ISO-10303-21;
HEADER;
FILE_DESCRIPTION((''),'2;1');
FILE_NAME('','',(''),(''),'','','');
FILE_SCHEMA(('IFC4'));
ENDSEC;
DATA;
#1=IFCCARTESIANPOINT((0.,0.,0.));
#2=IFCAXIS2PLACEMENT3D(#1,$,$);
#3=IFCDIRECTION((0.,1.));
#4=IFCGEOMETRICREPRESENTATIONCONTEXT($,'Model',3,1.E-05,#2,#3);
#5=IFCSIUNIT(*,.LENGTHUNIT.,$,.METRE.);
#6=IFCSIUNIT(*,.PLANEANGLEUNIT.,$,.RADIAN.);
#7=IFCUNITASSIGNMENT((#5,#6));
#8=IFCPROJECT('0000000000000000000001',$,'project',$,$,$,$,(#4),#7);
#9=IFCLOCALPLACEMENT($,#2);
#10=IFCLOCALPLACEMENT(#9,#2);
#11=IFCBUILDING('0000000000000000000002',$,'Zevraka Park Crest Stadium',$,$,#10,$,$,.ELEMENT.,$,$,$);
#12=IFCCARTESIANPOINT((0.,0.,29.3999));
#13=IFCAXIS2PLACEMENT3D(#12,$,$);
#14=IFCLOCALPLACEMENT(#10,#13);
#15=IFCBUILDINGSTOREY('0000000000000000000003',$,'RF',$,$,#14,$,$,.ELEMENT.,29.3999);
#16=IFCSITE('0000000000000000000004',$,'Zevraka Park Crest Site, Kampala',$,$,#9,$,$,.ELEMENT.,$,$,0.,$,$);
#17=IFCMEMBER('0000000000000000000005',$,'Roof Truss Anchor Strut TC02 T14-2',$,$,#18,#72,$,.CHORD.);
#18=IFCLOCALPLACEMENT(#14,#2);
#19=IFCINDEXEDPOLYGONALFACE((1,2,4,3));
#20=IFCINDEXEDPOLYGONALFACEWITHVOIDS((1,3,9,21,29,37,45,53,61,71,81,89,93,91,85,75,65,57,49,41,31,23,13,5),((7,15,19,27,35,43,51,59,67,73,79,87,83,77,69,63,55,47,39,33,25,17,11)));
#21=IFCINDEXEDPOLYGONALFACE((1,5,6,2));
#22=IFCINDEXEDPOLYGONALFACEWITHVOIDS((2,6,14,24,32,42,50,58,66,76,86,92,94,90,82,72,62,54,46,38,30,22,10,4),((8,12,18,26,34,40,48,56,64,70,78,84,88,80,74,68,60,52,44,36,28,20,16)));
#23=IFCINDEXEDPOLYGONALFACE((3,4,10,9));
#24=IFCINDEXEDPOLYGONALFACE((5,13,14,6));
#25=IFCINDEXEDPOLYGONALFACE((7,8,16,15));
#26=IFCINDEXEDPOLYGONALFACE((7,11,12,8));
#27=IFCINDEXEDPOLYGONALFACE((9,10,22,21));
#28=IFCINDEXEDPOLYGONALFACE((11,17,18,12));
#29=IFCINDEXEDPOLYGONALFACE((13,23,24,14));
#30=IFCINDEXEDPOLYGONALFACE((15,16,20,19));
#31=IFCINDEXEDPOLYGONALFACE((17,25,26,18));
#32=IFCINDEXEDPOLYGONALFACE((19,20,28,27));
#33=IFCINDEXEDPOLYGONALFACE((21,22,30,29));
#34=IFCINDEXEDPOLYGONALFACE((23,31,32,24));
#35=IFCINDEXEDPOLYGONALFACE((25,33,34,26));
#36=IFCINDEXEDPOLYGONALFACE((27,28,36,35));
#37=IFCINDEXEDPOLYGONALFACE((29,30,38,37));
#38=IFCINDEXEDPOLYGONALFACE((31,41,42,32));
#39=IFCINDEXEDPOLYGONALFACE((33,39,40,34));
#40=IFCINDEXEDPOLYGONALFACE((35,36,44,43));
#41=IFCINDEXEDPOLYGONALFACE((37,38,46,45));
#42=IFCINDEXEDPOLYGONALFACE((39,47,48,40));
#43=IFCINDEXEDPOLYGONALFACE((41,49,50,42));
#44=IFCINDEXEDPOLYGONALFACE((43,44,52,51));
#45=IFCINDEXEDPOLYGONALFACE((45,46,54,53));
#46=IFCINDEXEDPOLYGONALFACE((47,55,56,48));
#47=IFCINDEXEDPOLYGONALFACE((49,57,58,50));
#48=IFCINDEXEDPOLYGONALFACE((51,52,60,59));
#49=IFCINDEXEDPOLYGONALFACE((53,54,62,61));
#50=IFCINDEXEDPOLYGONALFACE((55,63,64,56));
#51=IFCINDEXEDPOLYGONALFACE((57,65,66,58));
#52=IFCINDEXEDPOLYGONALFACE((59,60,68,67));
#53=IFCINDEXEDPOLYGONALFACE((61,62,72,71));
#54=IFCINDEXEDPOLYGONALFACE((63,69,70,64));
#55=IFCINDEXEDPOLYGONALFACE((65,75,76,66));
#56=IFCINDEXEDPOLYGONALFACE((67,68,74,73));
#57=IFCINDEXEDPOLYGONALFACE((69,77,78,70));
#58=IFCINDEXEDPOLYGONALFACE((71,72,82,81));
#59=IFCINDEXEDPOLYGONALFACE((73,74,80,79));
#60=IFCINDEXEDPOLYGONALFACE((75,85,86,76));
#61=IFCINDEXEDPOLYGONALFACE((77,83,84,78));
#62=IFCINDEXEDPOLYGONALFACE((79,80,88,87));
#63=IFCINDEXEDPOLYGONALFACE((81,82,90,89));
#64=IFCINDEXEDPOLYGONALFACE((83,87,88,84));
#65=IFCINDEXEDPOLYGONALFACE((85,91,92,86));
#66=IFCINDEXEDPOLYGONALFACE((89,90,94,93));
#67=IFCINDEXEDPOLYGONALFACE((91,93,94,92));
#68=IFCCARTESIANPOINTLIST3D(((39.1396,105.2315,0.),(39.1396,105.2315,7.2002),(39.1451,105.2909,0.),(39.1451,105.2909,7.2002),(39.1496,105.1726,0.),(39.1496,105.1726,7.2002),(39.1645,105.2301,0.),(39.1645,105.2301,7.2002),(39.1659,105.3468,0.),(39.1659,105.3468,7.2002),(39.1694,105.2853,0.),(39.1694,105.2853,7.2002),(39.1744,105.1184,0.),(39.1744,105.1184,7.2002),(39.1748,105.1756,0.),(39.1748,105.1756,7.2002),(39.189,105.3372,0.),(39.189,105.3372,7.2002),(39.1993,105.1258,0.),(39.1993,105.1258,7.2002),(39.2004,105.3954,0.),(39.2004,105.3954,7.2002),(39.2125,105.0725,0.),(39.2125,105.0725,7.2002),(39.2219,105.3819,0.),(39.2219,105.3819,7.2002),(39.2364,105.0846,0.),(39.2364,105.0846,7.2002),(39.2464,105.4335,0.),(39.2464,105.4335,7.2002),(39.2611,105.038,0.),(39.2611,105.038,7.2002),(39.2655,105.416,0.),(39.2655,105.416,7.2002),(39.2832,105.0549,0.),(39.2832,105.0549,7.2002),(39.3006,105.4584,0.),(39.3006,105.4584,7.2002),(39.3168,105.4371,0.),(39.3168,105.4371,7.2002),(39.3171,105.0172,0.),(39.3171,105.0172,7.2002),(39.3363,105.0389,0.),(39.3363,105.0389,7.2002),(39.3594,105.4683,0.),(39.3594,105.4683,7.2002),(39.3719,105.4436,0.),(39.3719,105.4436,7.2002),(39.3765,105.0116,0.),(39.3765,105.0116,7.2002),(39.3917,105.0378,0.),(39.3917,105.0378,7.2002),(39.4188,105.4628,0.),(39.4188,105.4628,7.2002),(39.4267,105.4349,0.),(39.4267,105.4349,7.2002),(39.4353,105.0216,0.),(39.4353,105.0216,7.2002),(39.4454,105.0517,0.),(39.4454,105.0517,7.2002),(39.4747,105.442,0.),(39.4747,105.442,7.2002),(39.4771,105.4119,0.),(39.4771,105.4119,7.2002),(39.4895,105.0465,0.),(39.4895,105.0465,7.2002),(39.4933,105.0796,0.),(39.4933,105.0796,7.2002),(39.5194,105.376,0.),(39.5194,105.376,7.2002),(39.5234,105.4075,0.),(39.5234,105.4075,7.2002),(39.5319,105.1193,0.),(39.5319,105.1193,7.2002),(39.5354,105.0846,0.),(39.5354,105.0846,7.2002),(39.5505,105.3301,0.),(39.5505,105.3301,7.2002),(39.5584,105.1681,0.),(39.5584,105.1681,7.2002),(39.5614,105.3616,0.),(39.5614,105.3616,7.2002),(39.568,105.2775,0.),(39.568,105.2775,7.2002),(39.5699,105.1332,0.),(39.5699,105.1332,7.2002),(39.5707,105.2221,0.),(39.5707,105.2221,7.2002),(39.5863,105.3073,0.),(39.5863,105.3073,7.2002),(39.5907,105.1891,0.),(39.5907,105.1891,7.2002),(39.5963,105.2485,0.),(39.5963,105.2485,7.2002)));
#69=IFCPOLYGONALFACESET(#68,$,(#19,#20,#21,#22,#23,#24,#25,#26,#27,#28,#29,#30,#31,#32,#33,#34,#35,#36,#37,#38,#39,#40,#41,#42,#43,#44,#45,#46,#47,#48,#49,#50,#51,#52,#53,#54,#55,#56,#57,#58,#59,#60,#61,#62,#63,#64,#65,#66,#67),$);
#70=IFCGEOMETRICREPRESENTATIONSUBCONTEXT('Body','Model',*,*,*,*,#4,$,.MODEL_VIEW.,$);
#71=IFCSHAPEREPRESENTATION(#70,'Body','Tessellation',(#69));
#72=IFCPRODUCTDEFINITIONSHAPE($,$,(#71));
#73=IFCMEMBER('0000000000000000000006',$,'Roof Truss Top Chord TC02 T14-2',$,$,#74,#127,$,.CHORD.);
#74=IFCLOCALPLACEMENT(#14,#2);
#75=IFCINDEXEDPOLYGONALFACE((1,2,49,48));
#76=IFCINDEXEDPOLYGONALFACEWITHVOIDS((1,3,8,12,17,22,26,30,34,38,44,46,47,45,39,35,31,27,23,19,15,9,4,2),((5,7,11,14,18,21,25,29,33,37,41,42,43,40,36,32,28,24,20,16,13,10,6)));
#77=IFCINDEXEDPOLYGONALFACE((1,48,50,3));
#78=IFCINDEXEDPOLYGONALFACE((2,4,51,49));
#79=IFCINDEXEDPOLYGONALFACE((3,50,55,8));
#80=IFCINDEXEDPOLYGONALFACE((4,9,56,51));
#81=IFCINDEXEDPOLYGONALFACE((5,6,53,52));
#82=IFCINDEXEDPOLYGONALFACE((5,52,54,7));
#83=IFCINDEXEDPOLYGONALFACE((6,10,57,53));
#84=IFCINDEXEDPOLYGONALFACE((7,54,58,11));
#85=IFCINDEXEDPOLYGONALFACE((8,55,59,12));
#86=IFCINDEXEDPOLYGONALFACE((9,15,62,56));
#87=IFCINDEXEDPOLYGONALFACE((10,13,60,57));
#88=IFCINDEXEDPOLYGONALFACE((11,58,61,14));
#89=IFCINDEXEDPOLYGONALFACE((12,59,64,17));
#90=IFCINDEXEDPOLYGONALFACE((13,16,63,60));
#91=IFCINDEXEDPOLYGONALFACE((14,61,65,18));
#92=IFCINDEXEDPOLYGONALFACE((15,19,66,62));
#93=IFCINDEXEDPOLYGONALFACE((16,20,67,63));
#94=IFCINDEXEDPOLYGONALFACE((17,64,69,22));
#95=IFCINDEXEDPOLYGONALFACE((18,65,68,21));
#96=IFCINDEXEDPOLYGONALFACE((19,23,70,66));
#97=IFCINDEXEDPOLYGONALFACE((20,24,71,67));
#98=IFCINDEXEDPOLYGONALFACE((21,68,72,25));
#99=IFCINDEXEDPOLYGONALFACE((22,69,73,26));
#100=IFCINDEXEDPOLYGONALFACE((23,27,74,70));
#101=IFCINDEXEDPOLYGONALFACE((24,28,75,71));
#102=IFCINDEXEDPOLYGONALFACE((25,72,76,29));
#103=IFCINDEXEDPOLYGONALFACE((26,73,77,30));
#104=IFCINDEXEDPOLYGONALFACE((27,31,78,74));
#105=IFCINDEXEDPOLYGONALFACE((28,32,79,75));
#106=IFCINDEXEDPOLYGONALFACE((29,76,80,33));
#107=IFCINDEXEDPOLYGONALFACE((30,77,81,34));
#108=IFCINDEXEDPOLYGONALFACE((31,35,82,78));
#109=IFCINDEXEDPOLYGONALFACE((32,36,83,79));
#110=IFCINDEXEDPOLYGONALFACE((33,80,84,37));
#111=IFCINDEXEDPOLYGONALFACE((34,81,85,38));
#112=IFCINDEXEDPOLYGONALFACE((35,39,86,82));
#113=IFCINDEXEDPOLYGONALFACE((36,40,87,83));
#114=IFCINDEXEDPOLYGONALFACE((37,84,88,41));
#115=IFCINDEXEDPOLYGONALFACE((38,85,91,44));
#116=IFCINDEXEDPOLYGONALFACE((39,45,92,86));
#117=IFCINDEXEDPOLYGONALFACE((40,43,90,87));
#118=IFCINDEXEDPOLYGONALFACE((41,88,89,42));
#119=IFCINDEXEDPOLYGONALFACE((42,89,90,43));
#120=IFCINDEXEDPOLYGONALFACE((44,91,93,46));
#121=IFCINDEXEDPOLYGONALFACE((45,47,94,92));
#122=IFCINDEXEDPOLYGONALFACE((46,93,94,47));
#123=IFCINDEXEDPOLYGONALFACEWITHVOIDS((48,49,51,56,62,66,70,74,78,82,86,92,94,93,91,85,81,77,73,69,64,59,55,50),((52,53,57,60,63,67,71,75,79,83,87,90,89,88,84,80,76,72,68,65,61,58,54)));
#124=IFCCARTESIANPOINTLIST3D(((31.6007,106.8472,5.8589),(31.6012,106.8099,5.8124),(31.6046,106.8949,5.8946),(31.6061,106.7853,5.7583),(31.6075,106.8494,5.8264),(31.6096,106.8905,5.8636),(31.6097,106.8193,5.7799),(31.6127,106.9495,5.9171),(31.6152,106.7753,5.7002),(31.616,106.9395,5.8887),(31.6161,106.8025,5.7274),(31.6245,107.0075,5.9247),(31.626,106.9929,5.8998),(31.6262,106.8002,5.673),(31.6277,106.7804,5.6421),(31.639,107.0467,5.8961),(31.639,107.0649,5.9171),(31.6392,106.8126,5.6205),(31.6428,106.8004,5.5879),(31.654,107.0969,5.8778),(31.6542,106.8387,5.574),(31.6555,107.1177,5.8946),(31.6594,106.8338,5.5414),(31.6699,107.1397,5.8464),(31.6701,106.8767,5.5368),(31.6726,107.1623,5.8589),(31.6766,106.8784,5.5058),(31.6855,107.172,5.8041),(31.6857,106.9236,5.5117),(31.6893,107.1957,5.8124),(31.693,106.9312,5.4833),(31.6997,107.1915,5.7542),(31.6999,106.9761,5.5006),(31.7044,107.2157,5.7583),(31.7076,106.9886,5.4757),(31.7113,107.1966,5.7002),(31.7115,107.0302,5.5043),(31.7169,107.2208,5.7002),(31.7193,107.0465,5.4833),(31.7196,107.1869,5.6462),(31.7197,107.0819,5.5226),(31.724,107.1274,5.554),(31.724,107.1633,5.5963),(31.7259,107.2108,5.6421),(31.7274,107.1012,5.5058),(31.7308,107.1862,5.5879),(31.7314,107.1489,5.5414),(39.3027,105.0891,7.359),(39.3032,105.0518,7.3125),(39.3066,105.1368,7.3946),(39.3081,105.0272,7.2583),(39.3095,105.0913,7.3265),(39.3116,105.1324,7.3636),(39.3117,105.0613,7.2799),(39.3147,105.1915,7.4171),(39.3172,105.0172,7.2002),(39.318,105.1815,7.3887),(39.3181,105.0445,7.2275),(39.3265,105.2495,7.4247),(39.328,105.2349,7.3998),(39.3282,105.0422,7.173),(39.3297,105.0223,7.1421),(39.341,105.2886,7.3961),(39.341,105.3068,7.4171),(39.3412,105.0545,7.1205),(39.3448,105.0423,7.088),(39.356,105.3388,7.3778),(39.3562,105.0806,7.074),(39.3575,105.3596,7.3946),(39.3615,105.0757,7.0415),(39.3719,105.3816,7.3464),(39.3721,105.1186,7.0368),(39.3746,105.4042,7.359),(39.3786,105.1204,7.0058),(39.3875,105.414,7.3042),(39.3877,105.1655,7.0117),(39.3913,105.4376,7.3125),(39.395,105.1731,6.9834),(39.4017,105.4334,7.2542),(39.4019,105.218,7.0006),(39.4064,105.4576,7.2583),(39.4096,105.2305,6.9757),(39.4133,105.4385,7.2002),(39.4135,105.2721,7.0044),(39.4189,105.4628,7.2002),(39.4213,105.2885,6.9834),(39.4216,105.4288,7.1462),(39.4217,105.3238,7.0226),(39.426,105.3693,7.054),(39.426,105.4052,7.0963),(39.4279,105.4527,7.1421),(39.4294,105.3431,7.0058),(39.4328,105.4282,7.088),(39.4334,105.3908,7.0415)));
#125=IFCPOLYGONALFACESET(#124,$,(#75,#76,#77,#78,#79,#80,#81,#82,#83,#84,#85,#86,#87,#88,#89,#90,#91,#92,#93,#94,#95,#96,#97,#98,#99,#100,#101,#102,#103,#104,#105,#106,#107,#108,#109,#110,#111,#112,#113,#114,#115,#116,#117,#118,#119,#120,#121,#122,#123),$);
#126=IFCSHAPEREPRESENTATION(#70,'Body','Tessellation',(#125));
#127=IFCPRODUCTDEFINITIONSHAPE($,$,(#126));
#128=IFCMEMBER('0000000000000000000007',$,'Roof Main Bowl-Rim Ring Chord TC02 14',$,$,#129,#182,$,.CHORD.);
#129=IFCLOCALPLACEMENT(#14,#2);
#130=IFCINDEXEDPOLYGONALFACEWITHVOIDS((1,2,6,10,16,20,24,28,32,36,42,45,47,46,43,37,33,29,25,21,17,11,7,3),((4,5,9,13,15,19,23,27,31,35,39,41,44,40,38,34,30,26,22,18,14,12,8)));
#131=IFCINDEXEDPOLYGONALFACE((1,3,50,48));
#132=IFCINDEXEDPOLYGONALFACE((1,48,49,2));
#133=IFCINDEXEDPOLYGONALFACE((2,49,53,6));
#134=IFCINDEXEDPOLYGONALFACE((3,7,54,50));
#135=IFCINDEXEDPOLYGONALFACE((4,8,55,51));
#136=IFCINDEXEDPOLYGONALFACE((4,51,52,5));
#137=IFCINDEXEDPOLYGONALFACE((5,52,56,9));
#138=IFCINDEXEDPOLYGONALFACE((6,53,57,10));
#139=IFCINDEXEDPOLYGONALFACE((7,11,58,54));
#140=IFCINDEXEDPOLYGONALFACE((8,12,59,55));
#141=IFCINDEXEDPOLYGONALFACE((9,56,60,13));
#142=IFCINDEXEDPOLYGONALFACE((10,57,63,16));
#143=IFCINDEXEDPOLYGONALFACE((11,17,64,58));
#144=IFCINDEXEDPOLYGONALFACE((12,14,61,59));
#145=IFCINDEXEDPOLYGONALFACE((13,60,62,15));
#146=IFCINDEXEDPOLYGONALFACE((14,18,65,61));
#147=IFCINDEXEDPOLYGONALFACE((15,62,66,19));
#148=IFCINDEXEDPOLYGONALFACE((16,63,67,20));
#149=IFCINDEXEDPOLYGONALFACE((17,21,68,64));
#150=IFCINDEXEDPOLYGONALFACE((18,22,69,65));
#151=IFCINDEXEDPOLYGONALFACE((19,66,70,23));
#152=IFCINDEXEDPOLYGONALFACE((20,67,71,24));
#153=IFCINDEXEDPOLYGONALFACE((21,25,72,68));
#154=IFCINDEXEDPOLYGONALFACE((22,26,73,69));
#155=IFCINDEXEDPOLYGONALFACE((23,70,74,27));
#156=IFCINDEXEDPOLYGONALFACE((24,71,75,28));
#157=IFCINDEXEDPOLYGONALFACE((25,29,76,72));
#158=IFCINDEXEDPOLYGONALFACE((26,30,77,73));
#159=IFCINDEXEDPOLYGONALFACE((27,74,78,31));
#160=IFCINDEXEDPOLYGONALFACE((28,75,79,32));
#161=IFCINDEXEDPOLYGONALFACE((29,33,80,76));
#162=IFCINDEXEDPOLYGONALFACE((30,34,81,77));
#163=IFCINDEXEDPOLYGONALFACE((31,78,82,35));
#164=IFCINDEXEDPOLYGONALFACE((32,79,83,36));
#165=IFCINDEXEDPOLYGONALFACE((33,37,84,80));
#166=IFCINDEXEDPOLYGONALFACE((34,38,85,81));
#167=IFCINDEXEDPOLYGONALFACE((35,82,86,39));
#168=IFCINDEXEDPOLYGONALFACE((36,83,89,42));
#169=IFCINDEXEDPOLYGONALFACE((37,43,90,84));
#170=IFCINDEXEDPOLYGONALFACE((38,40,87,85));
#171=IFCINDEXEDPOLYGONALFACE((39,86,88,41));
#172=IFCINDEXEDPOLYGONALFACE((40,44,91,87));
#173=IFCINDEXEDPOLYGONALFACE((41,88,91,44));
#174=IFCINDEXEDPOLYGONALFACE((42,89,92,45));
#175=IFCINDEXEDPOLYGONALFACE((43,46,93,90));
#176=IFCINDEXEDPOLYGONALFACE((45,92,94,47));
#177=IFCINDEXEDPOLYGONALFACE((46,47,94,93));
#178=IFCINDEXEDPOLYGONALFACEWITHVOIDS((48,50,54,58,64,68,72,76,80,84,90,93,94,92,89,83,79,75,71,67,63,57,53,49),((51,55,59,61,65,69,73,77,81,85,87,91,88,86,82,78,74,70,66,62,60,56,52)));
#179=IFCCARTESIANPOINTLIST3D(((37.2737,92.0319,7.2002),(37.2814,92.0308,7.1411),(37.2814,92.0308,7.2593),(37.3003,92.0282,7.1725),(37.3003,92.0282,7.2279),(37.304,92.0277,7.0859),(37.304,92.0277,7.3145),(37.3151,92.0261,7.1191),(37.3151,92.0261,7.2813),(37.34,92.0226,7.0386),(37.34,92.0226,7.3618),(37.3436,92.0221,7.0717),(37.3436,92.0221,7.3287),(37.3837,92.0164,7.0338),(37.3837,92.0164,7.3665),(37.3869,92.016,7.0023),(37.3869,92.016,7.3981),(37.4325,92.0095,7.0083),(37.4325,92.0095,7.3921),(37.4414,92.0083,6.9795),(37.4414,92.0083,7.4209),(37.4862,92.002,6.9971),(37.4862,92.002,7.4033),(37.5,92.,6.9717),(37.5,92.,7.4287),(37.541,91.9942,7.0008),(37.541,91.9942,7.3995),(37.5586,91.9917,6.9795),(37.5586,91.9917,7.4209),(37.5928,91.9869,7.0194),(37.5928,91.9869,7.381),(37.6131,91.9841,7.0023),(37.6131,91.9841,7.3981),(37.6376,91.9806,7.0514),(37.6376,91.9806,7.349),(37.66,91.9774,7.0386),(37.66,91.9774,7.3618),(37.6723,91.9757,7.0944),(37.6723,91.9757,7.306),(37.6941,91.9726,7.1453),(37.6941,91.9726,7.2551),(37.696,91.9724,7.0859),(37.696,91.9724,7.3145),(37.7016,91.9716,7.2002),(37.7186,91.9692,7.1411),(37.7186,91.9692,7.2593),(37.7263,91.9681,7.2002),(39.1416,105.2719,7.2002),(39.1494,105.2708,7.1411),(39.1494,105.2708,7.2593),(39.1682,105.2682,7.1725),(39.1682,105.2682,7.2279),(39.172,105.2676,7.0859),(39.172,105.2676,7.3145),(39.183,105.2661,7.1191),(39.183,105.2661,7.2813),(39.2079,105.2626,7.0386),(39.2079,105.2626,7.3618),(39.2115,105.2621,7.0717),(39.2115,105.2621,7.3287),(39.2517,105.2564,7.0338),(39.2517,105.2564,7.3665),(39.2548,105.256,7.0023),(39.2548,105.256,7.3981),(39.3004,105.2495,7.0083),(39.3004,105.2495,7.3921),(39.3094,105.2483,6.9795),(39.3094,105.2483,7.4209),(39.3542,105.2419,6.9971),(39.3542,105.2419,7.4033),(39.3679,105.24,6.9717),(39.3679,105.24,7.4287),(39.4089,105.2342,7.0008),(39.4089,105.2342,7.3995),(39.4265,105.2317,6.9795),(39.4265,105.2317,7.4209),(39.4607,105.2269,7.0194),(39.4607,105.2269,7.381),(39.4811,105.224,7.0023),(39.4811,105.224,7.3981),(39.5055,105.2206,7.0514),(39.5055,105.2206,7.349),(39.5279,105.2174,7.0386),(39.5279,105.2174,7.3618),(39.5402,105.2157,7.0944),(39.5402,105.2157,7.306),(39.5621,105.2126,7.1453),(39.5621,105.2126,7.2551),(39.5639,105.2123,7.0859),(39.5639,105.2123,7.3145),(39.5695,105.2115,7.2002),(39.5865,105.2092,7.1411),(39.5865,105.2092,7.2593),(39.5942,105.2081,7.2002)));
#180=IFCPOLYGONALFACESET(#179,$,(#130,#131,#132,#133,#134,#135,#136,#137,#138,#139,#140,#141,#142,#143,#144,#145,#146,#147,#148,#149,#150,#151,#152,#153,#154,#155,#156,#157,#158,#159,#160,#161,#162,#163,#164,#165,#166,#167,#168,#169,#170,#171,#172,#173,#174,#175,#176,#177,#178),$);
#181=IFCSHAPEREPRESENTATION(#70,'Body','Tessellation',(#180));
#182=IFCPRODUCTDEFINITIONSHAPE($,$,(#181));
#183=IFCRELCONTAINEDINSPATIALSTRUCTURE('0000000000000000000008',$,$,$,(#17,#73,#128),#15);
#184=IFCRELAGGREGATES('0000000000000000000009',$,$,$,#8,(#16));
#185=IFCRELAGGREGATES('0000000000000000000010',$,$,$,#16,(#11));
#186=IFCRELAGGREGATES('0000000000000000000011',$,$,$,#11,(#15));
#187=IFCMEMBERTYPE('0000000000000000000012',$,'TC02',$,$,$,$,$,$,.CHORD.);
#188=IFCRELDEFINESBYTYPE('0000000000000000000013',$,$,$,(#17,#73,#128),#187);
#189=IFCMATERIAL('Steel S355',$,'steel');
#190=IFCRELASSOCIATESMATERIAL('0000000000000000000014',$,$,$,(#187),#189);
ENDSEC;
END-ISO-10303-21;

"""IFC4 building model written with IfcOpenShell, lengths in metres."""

from ifc_helpers import new_model, si_unit, direction, frame, origin, origin_2d, place, context, subcontext, project, spatial, hollow_circle, extrude, material, material_profile, profile_set, type_object, element, save


model = new_model("IFC4")

# Units and contexts
model_context = context("Model", 3, precision=1e-05, world=origin(), true_north=direction((0.0, 1.0)))
body_context = subcontext(model_context, "Body", "Model", "MODEL_VIEW")
ifc_project = project(units=[si_unit("LENGTHUNIT", "METRE"), si_unit("PLANEANGLEUNIT", "RADIAN")], contexts=[model_context])

# Site, building, storey
site_placement = place(None, origin())
site = spatial("IfcSite", under=ifc_project, at=site_placement, Name="Zevraka Park Crest Site, Kampala", CompositionType="ELEMENT", RefElevation=0.0)
building_placement = place(site_placement, origin())
building = spatial("IfcBuilding", under=site, at=building_placement, Name="Zevraka Park Crest Stadium", CompositionType="ELEMENT")
storey_placement = place(building_placement, frame((0.0, 0.0, 29.3999)))
storey = spatial("IfcBuildingStorey", under=building, at=storey_placement, Name="RF", CompositionType="ELEMENT", Elevation=29.3999)

# Members
ifc_material_1 = material(Name="Steel S355", Category="steel")
ifc_material_profile_1 = material_profile(ifc_material_1, hollow_circle(Radius=0.2285, WallThickness=0.0249, at=origin_2d()), Name="CHS 457.0x25")
ifc_profile_set_1 = profile_set([ifc_material_profile_1], Name="Steel S355")
member_type_1 = type_object("IfcMemberType", Name="TC02", PredefinedType="CHORD", material=ifc_profile_set_1)
member_1_placement = place(storey_placement, frame((39.3679, 105.24, 0.0), z_axis=(0.0, 0.0, 1.0), x_axis=(-0.974917, 0.22257, 0.0)))
element("IfcMember", 1, at=member_1_placement, inside=storey, type_object=member_type_1, Name="Roof Truss Anchor Strut TC02 T14-2", PredefinedType="CHORD", context=body_context, shape_type="SweptSolid", body=[
    extrude(hollow_circle(Radius=0.2285, WallThickness=0.0249, at=origin_2d()), origin(), (0.0, 0.0, 1.0), 7.2002),
])
member_2_placement = place(storey_placement, frame((31.666, 106.998, 5.7002), z_axis=(0.957811, -0.218632, 0.18654), x_axis=(0.222539, 0.974924, 0.0)))
element("IfcMember", 2, at=member_2_placement, inside=storey, type_object=member_type_1, Name="Roof Truss Top Chord TC02 T14-2", PredefinedType="CHORD", context=body_context, shape_type="SweptSolid", body=[
    extrude(hollow_circle(Radius=0.2285, WallThickness=0.0249, at=origin_2d()), origin(), (0.0, 0.0, 1.0), 8.0413),
])
member_3_placement = place(storey_placement, frame((39.3679, 105.24, 7.2002), z_axis=(-0.139698, -0.990194, 0.0), x_axis=(0.990194, -0.139698, 0.0)))
element("IfcMember", 3, at=member_3_placement, inside=storey, type_object=member_type_1, Name="Roof Main Bowl-Rim Ring Chord TC02 14", PredefinedType="CHORD", context=body_context, shape_type="SweptSolid", body=[
    extrude(hollow_circle(Radius=0.2285, WallThickness=0.0249, at=origin_2d()), origin(), (0.0, 0.0, 1.0), 13.3711),
])

save(model, "model.ifc")
